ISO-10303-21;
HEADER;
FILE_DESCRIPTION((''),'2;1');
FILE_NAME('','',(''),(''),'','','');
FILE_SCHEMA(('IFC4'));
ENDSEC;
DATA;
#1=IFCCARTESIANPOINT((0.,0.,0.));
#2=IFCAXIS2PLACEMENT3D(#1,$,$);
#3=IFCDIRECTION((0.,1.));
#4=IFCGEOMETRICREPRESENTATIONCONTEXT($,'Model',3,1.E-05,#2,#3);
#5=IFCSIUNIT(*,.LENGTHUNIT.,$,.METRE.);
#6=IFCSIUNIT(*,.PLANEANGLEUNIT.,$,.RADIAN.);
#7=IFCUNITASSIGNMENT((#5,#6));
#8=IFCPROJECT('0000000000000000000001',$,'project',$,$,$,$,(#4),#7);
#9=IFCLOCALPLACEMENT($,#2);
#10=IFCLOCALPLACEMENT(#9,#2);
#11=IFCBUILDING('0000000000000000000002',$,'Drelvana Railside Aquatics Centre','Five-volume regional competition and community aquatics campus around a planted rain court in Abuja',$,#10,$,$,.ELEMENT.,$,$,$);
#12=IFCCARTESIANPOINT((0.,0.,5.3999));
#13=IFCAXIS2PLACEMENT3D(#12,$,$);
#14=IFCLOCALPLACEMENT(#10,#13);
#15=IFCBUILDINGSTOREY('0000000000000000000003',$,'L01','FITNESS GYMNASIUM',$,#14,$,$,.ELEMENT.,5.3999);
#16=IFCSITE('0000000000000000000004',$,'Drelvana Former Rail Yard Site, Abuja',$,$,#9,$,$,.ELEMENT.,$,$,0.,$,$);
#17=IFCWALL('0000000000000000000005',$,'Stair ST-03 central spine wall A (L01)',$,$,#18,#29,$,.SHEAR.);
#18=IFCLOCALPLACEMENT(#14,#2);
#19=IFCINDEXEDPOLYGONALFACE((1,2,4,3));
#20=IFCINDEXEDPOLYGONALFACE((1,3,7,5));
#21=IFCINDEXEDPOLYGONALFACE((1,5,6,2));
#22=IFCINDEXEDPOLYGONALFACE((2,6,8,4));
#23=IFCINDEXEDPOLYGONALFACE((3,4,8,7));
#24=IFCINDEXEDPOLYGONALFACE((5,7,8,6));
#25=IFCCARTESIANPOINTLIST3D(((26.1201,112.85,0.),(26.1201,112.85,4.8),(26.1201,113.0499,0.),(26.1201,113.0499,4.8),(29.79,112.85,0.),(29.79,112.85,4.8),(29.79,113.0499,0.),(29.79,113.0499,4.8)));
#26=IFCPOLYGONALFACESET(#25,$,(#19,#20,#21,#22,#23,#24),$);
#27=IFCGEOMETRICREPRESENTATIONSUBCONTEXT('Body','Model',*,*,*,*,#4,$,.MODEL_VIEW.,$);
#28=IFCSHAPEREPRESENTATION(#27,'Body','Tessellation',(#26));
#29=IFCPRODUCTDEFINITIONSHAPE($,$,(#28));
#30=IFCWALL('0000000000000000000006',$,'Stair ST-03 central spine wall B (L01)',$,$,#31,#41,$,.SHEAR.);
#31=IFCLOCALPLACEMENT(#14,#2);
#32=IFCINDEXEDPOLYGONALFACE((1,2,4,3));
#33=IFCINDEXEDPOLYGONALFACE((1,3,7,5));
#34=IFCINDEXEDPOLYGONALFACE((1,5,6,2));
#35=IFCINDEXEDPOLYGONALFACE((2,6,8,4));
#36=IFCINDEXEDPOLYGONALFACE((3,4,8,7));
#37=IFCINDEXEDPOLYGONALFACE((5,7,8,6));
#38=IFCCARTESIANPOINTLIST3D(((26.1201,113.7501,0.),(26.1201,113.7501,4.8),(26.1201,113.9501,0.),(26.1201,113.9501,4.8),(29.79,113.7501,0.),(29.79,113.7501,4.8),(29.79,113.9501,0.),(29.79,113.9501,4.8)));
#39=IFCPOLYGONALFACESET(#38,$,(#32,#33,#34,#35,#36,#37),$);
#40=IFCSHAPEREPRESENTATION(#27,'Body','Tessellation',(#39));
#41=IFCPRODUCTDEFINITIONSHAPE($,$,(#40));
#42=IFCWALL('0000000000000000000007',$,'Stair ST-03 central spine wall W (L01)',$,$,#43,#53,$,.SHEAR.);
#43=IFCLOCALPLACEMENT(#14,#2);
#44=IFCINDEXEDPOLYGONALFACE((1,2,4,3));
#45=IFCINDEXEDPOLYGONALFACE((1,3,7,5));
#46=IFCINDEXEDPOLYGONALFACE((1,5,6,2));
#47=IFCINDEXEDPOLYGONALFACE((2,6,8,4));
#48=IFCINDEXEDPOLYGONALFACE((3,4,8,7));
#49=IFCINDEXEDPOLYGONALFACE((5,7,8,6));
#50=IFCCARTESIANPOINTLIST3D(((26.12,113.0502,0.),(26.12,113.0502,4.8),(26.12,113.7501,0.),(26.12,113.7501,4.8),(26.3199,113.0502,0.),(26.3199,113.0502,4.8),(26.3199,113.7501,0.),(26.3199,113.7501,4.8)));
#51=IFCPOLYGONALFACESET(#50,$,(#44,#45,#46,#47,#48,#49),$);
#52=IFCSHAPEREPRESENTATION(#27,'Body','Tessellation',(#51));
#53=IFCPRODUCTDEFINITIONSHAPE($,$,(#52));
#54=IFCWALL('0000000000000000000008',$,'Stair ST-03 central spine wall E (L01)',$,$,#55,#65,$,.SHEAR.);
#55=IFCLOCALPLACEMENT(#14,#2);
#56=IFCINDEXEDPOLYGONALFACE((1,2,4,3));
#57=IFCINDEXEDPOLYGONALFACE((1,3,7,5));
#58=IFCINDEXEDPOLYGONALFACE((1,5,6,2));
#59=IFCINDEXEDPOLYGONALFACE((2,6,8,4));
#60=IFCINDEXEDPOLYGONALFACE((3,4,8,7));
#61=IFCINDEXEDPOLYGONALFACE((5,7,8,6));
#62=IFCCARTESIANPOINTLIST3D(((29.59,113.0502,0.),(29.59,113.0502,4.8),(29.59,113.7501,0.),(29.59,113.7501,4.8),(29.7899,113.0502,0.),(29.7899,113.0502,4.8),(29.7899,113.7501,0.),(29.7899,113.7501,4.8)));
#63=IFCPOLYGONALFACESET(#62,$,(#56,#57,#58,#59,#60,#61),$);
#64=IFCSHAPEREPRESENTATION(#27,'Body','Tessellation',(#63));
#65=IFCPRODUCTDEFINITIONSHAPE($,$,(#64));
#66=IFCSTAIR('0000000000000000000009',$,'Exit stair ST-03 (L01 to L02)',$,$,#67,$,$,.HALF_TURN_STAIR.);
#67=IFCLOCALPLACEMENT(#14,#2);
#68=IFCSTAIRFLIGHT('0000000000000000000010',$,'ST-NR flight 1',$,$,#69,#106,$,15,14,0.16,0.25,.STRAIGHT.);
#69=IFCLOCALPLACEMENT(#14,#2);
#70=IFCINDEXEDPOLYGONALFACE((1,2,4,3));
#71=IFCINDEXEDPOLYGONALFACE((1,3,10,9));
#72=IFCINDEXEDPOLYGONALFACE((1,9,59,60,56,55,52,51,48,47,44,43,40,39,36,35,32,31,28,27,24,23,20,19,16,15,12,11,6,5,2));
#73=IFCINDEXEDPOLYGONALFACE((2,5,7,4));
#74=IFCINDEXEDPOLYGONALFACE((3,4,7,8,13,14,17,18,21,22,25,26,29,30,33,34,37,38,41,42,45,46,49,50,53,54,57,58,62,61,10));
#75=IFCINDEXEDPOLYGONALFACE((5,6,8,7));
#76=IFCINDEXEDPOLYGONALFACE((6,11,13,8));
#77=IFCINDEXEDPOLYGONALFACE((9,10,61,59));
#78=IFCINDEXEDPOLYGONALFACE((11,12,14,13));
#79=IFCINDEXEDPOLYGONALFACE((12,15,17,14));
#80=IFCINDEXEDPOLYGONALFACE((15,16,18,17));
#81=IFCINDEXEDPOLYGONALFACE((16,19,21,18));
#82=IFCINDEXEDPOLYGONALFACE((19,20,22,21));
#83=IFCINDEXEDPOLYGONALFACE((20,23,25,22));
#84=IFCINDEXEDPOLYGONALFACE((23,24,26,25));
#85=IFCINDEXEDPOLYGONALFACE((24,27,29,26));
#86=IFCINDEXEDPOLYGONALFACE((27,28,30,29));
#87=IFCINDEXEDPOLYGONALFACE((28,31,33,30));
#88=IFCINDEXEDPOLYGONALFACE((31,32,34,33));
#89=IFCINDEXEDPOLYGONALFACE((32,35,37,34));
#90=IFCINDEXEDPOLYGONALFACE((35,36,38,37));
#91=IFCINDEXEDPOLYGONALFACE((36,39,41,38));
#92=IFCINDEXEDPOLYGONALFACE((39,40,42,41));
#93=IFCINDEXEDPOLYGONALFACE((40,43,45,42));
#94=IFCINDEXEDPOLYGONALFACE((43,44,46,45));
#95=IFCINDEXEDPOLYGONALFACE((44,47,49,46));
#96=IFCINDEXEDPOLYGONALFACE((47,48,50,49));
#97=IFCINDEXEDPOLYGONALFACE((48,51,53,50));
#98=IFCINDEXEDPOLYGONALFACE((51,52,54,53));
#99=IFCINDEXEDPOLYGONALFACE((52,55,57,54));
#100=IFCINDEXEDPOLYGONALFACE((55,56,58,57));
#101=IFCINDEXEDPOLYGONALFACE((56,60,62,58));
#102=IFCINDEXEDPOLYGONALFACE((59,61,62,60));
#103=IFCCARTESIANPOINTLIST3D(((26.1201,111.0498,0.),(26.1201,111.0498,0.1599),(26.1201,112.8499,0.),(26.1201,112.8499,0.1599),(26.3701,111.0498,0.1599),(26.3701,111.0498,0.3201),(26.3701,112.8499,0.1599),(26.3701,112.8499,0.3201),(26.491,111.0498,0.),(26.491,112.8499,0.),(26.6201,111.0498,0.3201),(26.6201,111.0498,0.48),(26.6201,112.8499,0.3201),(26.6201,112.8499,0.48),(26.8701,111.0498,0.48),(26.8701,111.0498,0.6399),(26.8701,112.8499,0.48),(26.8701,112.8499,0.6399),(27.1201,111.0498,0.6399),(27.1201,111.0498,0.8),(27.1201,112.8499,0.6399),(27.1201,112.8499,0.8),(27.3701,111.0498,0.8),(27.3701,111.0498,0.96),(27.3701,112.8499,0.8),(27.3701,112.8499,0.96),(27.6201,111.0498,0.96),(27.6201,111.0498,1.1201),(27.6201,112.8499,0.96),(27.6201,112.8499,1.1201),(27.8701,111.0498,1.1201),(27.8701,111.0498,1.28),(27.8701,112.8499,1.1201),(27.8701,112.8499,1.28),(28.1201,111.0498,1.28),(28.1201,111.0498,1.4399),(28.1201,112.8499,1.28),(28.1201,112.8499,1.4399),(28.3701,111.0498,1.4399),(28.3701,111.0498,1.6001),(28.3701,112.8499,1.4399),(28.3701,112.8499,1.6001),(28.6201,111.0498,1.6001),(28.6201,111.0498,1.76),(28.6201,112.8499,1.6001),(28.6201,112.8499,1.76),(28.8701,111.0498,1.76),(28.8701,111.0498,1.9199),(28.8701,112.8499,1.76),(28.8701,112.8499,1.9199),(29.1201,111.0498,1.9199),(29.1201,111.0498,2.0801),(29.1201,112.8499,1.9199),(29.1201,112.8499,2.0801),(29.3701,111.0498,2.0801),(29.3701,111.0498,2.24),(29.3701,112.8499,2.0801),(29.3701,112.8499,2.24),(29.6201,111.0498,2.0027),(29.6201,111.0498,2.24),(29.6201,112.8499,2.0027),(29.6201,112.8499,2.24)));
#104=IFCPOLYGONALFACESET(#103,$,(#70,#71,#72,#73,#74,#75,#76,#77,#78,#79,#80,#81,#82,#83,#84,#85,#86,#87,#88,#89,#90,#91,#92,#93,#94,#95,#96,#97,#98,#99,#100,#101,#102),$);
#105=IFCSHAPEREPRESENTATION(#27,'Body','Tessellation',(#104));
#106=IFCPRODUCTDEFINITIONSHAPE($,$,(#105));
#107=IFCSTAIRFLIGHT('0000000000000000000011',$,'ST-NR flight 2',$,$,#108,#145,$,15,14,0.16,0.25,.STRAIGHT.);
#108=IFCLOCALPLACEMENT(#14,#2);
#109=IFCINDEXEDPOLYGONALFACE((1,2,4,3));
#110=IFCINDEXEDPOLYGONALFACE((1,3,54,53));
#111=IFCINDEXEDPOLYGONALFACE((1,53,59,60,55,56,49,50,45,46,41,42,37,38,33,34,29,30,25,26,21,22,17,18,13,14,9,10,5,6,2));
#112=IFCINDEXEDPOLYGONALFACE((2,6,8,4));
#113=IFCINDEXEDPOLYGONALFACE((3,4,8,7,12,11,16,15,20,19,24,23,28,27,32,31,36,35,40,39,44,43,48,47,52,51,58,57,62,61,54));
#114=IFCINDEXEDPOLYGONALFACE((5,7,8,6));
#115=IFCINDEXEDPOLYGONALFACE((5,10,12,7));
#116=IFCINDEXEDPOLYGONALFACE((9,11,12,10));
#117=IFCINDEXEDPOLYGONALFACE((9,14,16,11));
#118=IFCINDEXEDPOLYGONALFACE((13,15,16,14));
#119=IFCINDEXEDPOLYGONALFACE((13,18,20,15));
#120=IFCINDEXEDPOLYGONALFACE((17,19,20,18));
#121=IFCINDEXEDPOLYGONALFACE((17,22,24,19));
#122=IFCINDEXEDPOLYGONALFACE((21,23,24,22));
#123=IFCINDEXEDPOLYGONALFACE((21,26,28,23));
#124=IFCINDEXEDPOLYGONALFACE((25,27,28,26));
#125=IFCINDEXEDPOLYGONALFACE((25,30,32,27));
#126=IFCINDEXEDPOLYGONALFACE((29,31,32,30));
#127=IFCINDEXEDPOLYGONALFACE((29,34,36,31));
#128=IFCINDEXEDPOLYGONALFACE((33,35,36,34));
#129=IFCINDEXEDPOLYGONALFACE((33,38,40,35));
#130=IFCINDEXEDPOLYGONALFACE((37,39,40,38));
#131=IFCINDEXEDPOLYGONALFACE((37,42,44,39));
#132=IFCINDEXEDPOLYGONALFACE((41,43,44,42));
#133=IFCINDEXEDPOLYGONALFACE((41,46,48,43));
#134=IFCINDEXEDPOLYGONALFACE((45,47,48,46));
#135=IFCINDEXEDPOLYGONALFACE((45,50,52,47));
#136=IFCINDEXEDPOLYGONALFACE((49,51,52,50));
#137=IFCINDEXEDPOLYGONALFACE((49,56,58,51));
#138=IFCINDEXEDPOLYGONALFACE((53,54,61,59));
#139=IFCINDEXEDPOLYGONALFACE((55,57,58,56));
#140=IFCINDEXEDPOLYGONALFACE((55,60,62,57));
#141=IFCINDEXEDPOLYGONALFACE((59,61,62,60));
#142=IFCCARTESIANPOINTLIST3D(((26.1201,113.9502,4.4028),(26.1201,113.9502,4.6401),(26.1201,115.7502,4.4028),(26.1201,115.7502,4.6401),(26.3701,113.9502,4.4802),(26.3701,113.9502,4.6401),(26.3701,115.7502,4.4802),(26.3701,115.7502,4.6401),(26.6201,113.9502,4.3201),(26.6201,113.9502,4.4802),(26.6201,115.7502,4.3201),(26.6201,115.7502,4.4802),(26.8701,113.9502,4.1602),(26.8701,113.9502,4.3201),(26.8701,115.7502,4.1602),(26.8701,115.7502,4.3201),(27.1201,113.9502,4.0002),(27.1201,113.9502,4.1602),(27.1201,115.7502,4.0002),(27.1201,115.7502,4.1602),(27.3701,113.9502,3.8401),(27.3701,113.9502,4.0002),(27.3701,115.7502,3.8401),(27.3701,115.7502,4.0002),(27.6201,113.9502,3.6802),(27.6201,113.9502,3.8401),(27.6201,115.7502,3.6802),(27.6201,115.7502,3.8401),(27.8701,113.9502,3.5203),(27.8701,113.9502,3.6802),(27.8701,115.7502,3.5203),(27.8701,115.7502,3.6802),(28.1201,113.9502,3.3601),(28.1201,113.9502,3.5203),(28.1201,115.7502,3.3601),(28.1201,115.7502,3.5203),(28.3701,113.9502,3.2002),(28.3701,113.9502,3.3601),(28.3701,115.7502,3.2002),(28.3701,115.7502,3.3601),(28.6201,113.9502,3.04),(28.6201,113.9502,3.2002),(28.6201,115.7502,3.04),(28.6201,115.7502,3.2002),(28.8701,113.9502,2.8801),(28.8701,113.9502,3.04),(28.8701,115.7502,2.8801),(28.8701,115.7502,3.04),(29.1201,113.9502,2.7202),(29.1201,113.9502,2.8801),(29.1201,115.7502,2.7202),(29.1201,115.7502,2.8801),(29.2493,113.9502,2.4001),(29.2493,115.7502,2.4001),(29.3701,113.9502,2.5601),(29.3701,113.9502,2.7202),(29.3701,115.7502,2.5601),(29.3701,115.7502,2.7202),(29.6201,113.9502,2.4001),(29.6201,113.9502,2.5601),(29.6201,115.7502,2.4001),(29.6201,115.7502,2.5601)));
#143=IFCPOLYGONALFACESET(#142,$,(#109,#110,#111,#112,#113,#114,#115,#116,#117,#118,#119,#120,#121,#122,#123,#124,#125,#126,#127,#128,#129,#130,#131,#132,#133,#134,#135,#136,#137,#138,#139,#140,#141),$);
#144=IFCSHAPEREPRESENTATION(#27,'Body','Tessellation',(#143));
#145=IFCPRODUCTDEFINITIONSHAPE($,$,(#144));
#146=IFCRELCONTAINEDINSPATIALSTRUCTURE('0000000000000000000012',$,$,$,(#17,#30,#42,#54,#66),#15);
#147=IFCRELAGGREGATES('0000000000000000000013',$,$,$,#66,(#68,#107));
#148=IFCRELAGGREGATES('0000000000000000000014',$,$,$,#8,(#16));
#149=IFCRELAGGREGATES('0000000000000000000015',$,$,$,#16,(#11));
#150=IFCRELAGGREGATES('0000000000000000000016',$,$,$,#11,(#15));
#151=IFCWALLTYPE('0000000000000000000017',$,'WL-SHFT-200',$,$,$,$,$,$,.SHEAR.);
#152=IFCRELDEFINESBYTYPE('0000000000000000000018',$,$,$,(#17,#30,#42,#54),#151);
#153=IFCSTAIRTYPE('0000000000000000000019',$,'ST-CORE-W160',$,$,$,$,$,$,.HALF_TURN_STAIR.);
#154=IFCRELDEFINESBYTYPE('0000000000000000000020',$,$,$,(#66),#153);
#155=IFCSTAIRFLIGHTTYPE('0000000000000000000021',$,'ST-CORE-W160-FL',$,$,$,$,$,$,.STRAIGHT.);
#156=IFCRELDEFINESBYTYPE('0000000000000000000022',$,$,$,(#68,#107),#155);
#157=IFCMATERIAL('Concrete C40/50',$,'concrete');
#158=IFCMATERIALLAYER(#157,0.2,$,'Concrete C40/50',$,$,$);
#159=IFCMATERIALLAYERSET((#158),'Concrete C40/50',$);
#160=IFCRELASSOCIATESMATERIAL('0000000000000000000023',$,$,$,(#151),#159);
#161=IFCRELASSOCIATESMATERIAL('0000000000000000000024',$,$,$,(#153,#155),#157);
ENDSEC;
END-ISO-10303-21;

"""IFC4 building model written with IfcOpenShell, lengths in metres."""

from ifc_helpers import new_model, si_unit, direction, frame, frame_2d, origin, place, context, subcontext, project, spatial, polyline, rectangle, outline, extrude, material, layer, layer_set, type_object, element, aggregate, save


model = new_model("IFC4")

# Units and contexts
model_context = context("Model", 3, precision=1e-05, world=origin(), true_north=direction((0.0, 1.0)))
body_context = subcontext(model_context, "Body", "Model", "MODEL_VIEW")
ifc_project = project(units=[si_unit("LENGTHUNIT", "METRE"), si_unit("PLANEANGLEUNIT", "RADIAN")], contexts=[model_context])

# Site, building, storey
site_placement = place(None, origin())
site = spatial("IfcSite", under=ifc_project, at=site_placement, Name="Drelvana Former Rail Yard Site, Abuja", CompositionType="ELEMENT", RefElevation=0.0)
building_placement = place(site_placement, origin())
building = spatial("IfcBuilding", under=site, at=building_placement, Name="Drelvana Railside Aquatics Centre", Description="Five-volume regional competition and community aquatics campus around a planted rain court in Abuja", CompositionType="ELEMENT")
storey_placement = place(building_placement, frame((0.0, 0.0, 5.3999)))
storey = spatial("IfcBuildingStorey", under=building, at=storey_placement, Name="L01", Description="FITNESS GYMNASIUM", CompositionType="ELEMENT", Elevation=5.3999)

# Shared definitions
ifc_material_1 = material(Name="Concrete C40/50", Category="concrete")

# Walls
ifc_layer_1 = layer(ifc_material_1, 0.2, Name="Concrete C40/50")
ifc_layer_set_1 = layer_set([ifc_layer_1], Name="Concrete C40/50")
wall_type_1 = type_object("IfcWallType", Name="WL-SHFT-200", PredefinedType="SHEAR", material=ifc_layer_set_1)
for number, where, z_axis, x_axis, name in (
    (1, (26.1201, 112.95, 0.0), (0.0, 0.0, 1.0), (1.0, 0.0, 0.0), "Stair ST-03 central spine wall A (L01)"),
    (2, (26.1201, 113.8501, 0.0), (0.0, 0.0, 1.0), (1.0, 0.0, 0.0), "Stair ST-03 central spine wall B (L01)"),
):
    element("IfcWall", number, at=place(storey_placement, frame(where, z_axis=z_axis, x_axis=x_axis)), inside=storey, type_object=wall_type_1, Name=name, PredefinedType="SHEAR", context=body_context, shape_type="SweptSolid", body=[
        extrude(rectangle(XDim=3.6699, YDim=0.2, at=frame_2d((1.835, 0.0))), origin(), (0.0, 0.0, 1.0), 4.8),
    ])
for number, where, z_axis, x_axis, name in (
    (3, (26.22, 113.05, 0.0), (0.0, 0.0, 1.0), (0.0, 1.0, 0.0), "Stair ST-03 central spine wall W (L01)"),
    (4, (29.6899, 113.05, 0.0), (0.0, 0.0, 1.0), (0.0, 1.0, 0.0), "Stair ST-03 central spine wall E (L01)"),
):
    element("IfcWall", number, at=place(storey_placement, frame(where, z_axis=z_axis, x_axis=x_axis)), inside=storey, type_object=wall_type_1, Name=name, PredefinedType="SHEAR", context=body_context, shape_type="SweptSolid", body=[
        extrude(rectangle(XDim=0.7, YDim=0.2, at=frame_2d((0.3501, 0.0))), origin(), (0.0, 0.0, 1.0), 4.8),
    ])

# Stair, stair flights
stair_type = type_object("IfcStairType", Name="ST-CORE-W160", PredefinedType="HALF_TURN_STAIR", material=ifc_material_1)
stair_placement = place(storey_placement, origin())
stair = element("IfcStair", 5, at=stair_placement, inside=storey, type_object=stair_type, Name="Exit stair ST-03 (L01 to L02)", PredefinedType="HALF_TURN_STAIR")
stair_flight_type = type_object("IfcStairFlightType", Name="ST-CORE-W160-FL", PredefinedType="STRAIGHT", material=ifc_material_1)
stair_flight_1_placement = place(storey_placement, frame((26.1201, 111.95, 0.0), z_axis=(0.0, 0.0, 1.0), x_axis=(1.0, 0.0, 0.0)))
stair_flight_1 = element("IfcStairFlight", 6, at=stair_flight_1_placement, type_object=stair_flight_type, Name="ST-NR flight 1", NumberOfRisers=15, NumberOfTreads=14, PredefinedType="STRAIGHT", RiserHeight=0.16, TreadLength=0.25, context=body_context, shape_type="SweptSolid", body=[
    extrude(outline(polyline([(0.0, 0.0), (0.0, 0.1599), (0.25, 0.1599), (0.25, 0.3201), (0.5, 0.3201), (0.5, 0.48), (0.75, 0.48), (0.75, 0.6399), (1.0, 0.6399), (1.0, 0.8), (1.25, 0.8), (1.25, 0.96), (1.5, 0.96), (1.5, 1.1201), (1.75, 1.1201), (1.75, 1.28), (2.0, 1.28), (2.0, 1.4399), (2.25, 1.4399), (2.25, 1.6001), (2.5, 1.6001), (2.5, 1.76), (2.75, 1.76), (2.75, 1.9199), (3.0, 1.9199), (3.0, 2.0801), (3.25, 2.0801), (3.25, 2.24), (3.5, 2.24), (3.5, 2.3999), (3.5, 2.0027), (0.3708, 0.0), (0.0, 0.0)])), frame((0.0, 0.8999, 0.0), z_axis=(0.0, -1.0, 0.0), x_axis=(1.0, 0.0, 0.0)), (0.0, 0.0, 1.0), 1.8),
])
stair_flight_2_placement = place(storey_placement, frame((29.6201, 114.8501, 2.4001), z_axis=(0.0, 0.0, 1.0), x_axis=(-1.0, 0.0, 0.0)))
stair_flight_2 = element("IfcStairFlight", 7, at=stair_flight_2_placement, type_object=stair_flight_type, Name="ST-NR flight 2", NumberOfRisers=15, NumberOfTreads=14, PredefinedType="STRAIGHT", RiserHeight=0.16, TreadLength=0.25, context=body_context, shape_type="SweptSolid", body=[
    extrude(outline(polyline([(0.0, 0.0), (0.0, 0.1599), (0.25, 0.1599), (0.25, 0.3201), (0.5, 0.3201), (0.5, 0.48), (0.75, 0.48), (0.75, 0.6399), (1.0, 0.6399), (1.0, 0.8), (1.25, 0.8), (1.25, 0.96), (1.5, 0.96), (1.5, 1.1201), (1.75, 1.1201), (1.75, 1.28), (2.0, 1.28), (2.0, 1.4399), (2.25, 1.4399), (2.25, 1.6001), (2.5, 1.6001), (2.5, 1.76), (2.75, 1.76), (2.75, 1.9199), (3.0, 1.9199), (3.0, 2.0801), (3.25, 2.0801), (3.25, 2.24), (3.5, 2.24), (3.5, 2.3999), (3.5, 2.0027), (0.3708, 0.0), (0.0, 0.0)])), frame((0.0, 0.8999, 0.0), z_axis=(0.0, -1.0, 0.0), x_axis=(1.0, 0.0, 0.0)), (0.0, 0.0, 1.0), 1.8),
])
aggregate(stair, [stair_flight_1, stair_flight_2])

save(model, "model.ifc")
